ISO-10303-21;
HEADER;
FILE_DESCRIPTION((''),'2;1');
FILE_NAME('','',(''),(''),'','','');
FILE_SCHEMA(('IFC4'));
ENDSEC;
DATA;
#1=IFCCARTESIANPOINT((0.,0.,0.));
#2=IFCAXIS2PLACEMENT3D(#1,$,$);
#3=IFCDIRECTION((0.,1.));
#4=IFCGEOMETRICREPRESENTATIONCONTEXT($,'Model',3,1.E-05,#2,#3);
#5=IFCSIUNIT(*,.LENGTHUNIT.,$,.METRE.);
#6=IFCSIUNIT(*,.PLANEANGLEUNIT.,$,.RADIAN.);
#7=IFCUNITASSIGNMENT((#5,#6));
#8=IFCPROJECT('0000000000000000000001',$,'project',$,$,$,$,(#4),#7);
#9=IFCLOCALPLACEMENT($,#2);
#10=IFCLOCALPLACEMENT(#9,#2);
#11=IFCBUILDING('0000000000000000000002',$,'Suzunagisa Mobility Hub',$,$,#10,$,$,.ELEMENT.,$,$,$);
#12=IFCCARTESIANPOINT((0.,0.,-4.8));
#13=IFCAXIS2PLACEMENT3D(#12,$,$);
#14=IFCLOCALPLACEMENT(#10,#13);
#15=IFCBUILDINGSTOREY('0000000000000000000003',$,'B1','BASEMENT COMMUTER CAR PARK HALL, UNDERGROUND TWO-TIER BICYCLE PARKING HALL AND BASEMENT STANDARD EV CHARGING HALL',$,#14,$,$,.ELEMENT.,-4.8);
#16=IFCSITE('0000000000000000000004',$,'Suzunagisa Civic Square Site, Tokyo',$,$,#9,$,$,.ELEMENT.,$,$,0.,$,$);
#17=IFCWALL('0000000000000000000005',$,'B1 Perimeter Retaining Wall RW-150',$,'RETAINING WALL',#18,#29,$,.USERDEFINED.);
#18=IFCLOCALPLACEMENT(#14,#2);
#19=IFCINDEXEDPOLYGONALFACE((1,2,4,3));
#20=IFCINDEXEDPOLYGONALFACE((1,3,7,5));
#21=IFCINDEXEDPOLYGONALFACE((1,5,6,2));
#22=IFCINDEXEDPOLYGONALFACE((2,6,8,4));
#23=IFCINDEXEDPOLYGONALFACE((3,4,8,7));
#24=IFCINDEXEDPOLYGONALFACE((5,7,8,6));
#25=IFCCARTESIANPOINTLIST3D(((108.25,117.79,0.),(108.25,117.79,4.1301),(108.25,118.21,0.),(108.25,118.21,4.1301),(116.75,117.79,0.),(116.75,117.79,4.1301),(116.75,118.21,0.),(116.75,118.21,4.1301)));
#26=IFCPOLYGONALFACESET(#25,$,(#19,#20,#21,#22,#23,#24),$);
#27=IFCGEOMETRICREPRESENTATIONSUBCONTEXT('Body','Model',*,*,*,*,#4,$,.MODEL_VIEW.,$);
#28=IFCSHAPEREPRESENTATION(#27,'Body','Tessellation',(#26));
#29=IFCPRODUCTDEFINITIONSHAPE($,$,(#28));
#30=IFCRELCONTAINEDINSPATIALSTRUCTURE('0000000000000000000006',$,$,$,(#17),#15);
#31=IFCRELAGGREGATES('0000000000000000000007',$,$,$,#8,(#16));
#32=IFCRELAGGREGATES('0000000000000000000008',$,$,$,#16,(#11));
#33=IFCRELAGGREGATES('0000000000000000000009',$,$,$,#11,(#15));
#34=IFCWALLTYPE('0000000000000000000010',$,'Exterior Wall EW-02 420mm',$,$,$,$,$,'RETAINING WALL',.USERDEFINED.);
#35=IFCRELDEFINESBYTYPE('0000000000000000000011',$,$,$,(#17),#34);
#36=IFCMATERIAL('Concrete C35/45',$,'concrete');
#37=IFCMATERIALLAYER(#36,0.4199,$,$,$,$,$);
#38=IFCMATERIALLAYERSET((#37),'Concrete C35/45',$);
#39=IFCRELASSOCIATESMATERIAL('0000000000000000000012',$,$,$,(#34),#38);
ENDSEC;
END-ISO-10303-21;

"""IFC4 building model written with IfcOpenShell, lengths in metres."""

from ifc_helpers import new_model, si_unit, direction, frame, frame_2d, origin, place, context, subcontext, project, spatial, rectangle, extrude, material, layer, layer_set, type_object, element, save


model = new_model("IFC4")

# Units and contexts
model_context = context("Model", 3, precision=1e-05, world=origin(), true_north=direction((0.0, 1.0)))
body_context = subcontext(model_context, "Body", "Model", "MODEL_VIEW")
ifc_project = project(units=[si_unit("LENGTHUNIT", "METRE"), si_unit("PLANEANGLEUNIT", "RADIAN")], contexts=[model_context])

# Site, building, storey
site_placement = place(None, origin())
site = spatial("IfcSite", under=ifc_project, at=site_placement, Name="Suzunagisa Civic Square Site, Tokyo", CompositionType="ELEMENT", RefElevation=0.0)
building_placement = place(site_placement, origin())
building = spatial("IfcBuilding", under=site, at=building_placement, Name="Suzunagisa Mobility Hub", CompositionType="ELEMENT")
storey_placement = place(building_placement, frame((0.0, 0.0, -4.8)))
storey = spatial("IfcBuildingStorey", under=building, at=storey_placement, Name="B1", Description="BASEMENT COMMUTER CAR PARK HALL, UNDERGROUND TWO-TIER BICYCLE PARKING HALL AND BASEMENT STANDARD EV CHARGING HALL", CompositionType="ELEMENT", Elevation=-4.8)

# Shared definitions
ifc_material_1 = material(Name="Concrete C35/45", Category="concrete")

# Wall
ifc_layer_1 = layer(ifc_material_1, 0.4199)
ifc_layer_set_1 = layer_set([ifc_layer_1], Name="Concrete C35/45")
wall_type = type_object("IfcWallType", Name="Exterior Wall EW-02 420mm", ElementType="RETAINING WALL", PredefinedType="USERDEFINED", material=ifc_layer_set_1)
wall_placement = place(storey_placement, frame((116.75, 118.0, 0.0), z_axis=(0.0, 0.0, 1.0), x_axis=(-1.0, 0.0, 0.0)))
element("IfcWall", 1, at=wall_placement, inside=storey, type_object=wall_type, Name="B1 Perimeter Retaining Wall RW-150", ObjectType="RETAINING WALL", PredefinedType="USERDEFINED", context=body_context, shape_type="SweptSolid", body=[
    extrude(rectangle(XDim=8.5, YDim=0.4199, at=frame_2d((4.25, 0.0))), origin(), (0.0, 0.0, 1.0), 4.1301),
])

save(model, "model.ifc")
